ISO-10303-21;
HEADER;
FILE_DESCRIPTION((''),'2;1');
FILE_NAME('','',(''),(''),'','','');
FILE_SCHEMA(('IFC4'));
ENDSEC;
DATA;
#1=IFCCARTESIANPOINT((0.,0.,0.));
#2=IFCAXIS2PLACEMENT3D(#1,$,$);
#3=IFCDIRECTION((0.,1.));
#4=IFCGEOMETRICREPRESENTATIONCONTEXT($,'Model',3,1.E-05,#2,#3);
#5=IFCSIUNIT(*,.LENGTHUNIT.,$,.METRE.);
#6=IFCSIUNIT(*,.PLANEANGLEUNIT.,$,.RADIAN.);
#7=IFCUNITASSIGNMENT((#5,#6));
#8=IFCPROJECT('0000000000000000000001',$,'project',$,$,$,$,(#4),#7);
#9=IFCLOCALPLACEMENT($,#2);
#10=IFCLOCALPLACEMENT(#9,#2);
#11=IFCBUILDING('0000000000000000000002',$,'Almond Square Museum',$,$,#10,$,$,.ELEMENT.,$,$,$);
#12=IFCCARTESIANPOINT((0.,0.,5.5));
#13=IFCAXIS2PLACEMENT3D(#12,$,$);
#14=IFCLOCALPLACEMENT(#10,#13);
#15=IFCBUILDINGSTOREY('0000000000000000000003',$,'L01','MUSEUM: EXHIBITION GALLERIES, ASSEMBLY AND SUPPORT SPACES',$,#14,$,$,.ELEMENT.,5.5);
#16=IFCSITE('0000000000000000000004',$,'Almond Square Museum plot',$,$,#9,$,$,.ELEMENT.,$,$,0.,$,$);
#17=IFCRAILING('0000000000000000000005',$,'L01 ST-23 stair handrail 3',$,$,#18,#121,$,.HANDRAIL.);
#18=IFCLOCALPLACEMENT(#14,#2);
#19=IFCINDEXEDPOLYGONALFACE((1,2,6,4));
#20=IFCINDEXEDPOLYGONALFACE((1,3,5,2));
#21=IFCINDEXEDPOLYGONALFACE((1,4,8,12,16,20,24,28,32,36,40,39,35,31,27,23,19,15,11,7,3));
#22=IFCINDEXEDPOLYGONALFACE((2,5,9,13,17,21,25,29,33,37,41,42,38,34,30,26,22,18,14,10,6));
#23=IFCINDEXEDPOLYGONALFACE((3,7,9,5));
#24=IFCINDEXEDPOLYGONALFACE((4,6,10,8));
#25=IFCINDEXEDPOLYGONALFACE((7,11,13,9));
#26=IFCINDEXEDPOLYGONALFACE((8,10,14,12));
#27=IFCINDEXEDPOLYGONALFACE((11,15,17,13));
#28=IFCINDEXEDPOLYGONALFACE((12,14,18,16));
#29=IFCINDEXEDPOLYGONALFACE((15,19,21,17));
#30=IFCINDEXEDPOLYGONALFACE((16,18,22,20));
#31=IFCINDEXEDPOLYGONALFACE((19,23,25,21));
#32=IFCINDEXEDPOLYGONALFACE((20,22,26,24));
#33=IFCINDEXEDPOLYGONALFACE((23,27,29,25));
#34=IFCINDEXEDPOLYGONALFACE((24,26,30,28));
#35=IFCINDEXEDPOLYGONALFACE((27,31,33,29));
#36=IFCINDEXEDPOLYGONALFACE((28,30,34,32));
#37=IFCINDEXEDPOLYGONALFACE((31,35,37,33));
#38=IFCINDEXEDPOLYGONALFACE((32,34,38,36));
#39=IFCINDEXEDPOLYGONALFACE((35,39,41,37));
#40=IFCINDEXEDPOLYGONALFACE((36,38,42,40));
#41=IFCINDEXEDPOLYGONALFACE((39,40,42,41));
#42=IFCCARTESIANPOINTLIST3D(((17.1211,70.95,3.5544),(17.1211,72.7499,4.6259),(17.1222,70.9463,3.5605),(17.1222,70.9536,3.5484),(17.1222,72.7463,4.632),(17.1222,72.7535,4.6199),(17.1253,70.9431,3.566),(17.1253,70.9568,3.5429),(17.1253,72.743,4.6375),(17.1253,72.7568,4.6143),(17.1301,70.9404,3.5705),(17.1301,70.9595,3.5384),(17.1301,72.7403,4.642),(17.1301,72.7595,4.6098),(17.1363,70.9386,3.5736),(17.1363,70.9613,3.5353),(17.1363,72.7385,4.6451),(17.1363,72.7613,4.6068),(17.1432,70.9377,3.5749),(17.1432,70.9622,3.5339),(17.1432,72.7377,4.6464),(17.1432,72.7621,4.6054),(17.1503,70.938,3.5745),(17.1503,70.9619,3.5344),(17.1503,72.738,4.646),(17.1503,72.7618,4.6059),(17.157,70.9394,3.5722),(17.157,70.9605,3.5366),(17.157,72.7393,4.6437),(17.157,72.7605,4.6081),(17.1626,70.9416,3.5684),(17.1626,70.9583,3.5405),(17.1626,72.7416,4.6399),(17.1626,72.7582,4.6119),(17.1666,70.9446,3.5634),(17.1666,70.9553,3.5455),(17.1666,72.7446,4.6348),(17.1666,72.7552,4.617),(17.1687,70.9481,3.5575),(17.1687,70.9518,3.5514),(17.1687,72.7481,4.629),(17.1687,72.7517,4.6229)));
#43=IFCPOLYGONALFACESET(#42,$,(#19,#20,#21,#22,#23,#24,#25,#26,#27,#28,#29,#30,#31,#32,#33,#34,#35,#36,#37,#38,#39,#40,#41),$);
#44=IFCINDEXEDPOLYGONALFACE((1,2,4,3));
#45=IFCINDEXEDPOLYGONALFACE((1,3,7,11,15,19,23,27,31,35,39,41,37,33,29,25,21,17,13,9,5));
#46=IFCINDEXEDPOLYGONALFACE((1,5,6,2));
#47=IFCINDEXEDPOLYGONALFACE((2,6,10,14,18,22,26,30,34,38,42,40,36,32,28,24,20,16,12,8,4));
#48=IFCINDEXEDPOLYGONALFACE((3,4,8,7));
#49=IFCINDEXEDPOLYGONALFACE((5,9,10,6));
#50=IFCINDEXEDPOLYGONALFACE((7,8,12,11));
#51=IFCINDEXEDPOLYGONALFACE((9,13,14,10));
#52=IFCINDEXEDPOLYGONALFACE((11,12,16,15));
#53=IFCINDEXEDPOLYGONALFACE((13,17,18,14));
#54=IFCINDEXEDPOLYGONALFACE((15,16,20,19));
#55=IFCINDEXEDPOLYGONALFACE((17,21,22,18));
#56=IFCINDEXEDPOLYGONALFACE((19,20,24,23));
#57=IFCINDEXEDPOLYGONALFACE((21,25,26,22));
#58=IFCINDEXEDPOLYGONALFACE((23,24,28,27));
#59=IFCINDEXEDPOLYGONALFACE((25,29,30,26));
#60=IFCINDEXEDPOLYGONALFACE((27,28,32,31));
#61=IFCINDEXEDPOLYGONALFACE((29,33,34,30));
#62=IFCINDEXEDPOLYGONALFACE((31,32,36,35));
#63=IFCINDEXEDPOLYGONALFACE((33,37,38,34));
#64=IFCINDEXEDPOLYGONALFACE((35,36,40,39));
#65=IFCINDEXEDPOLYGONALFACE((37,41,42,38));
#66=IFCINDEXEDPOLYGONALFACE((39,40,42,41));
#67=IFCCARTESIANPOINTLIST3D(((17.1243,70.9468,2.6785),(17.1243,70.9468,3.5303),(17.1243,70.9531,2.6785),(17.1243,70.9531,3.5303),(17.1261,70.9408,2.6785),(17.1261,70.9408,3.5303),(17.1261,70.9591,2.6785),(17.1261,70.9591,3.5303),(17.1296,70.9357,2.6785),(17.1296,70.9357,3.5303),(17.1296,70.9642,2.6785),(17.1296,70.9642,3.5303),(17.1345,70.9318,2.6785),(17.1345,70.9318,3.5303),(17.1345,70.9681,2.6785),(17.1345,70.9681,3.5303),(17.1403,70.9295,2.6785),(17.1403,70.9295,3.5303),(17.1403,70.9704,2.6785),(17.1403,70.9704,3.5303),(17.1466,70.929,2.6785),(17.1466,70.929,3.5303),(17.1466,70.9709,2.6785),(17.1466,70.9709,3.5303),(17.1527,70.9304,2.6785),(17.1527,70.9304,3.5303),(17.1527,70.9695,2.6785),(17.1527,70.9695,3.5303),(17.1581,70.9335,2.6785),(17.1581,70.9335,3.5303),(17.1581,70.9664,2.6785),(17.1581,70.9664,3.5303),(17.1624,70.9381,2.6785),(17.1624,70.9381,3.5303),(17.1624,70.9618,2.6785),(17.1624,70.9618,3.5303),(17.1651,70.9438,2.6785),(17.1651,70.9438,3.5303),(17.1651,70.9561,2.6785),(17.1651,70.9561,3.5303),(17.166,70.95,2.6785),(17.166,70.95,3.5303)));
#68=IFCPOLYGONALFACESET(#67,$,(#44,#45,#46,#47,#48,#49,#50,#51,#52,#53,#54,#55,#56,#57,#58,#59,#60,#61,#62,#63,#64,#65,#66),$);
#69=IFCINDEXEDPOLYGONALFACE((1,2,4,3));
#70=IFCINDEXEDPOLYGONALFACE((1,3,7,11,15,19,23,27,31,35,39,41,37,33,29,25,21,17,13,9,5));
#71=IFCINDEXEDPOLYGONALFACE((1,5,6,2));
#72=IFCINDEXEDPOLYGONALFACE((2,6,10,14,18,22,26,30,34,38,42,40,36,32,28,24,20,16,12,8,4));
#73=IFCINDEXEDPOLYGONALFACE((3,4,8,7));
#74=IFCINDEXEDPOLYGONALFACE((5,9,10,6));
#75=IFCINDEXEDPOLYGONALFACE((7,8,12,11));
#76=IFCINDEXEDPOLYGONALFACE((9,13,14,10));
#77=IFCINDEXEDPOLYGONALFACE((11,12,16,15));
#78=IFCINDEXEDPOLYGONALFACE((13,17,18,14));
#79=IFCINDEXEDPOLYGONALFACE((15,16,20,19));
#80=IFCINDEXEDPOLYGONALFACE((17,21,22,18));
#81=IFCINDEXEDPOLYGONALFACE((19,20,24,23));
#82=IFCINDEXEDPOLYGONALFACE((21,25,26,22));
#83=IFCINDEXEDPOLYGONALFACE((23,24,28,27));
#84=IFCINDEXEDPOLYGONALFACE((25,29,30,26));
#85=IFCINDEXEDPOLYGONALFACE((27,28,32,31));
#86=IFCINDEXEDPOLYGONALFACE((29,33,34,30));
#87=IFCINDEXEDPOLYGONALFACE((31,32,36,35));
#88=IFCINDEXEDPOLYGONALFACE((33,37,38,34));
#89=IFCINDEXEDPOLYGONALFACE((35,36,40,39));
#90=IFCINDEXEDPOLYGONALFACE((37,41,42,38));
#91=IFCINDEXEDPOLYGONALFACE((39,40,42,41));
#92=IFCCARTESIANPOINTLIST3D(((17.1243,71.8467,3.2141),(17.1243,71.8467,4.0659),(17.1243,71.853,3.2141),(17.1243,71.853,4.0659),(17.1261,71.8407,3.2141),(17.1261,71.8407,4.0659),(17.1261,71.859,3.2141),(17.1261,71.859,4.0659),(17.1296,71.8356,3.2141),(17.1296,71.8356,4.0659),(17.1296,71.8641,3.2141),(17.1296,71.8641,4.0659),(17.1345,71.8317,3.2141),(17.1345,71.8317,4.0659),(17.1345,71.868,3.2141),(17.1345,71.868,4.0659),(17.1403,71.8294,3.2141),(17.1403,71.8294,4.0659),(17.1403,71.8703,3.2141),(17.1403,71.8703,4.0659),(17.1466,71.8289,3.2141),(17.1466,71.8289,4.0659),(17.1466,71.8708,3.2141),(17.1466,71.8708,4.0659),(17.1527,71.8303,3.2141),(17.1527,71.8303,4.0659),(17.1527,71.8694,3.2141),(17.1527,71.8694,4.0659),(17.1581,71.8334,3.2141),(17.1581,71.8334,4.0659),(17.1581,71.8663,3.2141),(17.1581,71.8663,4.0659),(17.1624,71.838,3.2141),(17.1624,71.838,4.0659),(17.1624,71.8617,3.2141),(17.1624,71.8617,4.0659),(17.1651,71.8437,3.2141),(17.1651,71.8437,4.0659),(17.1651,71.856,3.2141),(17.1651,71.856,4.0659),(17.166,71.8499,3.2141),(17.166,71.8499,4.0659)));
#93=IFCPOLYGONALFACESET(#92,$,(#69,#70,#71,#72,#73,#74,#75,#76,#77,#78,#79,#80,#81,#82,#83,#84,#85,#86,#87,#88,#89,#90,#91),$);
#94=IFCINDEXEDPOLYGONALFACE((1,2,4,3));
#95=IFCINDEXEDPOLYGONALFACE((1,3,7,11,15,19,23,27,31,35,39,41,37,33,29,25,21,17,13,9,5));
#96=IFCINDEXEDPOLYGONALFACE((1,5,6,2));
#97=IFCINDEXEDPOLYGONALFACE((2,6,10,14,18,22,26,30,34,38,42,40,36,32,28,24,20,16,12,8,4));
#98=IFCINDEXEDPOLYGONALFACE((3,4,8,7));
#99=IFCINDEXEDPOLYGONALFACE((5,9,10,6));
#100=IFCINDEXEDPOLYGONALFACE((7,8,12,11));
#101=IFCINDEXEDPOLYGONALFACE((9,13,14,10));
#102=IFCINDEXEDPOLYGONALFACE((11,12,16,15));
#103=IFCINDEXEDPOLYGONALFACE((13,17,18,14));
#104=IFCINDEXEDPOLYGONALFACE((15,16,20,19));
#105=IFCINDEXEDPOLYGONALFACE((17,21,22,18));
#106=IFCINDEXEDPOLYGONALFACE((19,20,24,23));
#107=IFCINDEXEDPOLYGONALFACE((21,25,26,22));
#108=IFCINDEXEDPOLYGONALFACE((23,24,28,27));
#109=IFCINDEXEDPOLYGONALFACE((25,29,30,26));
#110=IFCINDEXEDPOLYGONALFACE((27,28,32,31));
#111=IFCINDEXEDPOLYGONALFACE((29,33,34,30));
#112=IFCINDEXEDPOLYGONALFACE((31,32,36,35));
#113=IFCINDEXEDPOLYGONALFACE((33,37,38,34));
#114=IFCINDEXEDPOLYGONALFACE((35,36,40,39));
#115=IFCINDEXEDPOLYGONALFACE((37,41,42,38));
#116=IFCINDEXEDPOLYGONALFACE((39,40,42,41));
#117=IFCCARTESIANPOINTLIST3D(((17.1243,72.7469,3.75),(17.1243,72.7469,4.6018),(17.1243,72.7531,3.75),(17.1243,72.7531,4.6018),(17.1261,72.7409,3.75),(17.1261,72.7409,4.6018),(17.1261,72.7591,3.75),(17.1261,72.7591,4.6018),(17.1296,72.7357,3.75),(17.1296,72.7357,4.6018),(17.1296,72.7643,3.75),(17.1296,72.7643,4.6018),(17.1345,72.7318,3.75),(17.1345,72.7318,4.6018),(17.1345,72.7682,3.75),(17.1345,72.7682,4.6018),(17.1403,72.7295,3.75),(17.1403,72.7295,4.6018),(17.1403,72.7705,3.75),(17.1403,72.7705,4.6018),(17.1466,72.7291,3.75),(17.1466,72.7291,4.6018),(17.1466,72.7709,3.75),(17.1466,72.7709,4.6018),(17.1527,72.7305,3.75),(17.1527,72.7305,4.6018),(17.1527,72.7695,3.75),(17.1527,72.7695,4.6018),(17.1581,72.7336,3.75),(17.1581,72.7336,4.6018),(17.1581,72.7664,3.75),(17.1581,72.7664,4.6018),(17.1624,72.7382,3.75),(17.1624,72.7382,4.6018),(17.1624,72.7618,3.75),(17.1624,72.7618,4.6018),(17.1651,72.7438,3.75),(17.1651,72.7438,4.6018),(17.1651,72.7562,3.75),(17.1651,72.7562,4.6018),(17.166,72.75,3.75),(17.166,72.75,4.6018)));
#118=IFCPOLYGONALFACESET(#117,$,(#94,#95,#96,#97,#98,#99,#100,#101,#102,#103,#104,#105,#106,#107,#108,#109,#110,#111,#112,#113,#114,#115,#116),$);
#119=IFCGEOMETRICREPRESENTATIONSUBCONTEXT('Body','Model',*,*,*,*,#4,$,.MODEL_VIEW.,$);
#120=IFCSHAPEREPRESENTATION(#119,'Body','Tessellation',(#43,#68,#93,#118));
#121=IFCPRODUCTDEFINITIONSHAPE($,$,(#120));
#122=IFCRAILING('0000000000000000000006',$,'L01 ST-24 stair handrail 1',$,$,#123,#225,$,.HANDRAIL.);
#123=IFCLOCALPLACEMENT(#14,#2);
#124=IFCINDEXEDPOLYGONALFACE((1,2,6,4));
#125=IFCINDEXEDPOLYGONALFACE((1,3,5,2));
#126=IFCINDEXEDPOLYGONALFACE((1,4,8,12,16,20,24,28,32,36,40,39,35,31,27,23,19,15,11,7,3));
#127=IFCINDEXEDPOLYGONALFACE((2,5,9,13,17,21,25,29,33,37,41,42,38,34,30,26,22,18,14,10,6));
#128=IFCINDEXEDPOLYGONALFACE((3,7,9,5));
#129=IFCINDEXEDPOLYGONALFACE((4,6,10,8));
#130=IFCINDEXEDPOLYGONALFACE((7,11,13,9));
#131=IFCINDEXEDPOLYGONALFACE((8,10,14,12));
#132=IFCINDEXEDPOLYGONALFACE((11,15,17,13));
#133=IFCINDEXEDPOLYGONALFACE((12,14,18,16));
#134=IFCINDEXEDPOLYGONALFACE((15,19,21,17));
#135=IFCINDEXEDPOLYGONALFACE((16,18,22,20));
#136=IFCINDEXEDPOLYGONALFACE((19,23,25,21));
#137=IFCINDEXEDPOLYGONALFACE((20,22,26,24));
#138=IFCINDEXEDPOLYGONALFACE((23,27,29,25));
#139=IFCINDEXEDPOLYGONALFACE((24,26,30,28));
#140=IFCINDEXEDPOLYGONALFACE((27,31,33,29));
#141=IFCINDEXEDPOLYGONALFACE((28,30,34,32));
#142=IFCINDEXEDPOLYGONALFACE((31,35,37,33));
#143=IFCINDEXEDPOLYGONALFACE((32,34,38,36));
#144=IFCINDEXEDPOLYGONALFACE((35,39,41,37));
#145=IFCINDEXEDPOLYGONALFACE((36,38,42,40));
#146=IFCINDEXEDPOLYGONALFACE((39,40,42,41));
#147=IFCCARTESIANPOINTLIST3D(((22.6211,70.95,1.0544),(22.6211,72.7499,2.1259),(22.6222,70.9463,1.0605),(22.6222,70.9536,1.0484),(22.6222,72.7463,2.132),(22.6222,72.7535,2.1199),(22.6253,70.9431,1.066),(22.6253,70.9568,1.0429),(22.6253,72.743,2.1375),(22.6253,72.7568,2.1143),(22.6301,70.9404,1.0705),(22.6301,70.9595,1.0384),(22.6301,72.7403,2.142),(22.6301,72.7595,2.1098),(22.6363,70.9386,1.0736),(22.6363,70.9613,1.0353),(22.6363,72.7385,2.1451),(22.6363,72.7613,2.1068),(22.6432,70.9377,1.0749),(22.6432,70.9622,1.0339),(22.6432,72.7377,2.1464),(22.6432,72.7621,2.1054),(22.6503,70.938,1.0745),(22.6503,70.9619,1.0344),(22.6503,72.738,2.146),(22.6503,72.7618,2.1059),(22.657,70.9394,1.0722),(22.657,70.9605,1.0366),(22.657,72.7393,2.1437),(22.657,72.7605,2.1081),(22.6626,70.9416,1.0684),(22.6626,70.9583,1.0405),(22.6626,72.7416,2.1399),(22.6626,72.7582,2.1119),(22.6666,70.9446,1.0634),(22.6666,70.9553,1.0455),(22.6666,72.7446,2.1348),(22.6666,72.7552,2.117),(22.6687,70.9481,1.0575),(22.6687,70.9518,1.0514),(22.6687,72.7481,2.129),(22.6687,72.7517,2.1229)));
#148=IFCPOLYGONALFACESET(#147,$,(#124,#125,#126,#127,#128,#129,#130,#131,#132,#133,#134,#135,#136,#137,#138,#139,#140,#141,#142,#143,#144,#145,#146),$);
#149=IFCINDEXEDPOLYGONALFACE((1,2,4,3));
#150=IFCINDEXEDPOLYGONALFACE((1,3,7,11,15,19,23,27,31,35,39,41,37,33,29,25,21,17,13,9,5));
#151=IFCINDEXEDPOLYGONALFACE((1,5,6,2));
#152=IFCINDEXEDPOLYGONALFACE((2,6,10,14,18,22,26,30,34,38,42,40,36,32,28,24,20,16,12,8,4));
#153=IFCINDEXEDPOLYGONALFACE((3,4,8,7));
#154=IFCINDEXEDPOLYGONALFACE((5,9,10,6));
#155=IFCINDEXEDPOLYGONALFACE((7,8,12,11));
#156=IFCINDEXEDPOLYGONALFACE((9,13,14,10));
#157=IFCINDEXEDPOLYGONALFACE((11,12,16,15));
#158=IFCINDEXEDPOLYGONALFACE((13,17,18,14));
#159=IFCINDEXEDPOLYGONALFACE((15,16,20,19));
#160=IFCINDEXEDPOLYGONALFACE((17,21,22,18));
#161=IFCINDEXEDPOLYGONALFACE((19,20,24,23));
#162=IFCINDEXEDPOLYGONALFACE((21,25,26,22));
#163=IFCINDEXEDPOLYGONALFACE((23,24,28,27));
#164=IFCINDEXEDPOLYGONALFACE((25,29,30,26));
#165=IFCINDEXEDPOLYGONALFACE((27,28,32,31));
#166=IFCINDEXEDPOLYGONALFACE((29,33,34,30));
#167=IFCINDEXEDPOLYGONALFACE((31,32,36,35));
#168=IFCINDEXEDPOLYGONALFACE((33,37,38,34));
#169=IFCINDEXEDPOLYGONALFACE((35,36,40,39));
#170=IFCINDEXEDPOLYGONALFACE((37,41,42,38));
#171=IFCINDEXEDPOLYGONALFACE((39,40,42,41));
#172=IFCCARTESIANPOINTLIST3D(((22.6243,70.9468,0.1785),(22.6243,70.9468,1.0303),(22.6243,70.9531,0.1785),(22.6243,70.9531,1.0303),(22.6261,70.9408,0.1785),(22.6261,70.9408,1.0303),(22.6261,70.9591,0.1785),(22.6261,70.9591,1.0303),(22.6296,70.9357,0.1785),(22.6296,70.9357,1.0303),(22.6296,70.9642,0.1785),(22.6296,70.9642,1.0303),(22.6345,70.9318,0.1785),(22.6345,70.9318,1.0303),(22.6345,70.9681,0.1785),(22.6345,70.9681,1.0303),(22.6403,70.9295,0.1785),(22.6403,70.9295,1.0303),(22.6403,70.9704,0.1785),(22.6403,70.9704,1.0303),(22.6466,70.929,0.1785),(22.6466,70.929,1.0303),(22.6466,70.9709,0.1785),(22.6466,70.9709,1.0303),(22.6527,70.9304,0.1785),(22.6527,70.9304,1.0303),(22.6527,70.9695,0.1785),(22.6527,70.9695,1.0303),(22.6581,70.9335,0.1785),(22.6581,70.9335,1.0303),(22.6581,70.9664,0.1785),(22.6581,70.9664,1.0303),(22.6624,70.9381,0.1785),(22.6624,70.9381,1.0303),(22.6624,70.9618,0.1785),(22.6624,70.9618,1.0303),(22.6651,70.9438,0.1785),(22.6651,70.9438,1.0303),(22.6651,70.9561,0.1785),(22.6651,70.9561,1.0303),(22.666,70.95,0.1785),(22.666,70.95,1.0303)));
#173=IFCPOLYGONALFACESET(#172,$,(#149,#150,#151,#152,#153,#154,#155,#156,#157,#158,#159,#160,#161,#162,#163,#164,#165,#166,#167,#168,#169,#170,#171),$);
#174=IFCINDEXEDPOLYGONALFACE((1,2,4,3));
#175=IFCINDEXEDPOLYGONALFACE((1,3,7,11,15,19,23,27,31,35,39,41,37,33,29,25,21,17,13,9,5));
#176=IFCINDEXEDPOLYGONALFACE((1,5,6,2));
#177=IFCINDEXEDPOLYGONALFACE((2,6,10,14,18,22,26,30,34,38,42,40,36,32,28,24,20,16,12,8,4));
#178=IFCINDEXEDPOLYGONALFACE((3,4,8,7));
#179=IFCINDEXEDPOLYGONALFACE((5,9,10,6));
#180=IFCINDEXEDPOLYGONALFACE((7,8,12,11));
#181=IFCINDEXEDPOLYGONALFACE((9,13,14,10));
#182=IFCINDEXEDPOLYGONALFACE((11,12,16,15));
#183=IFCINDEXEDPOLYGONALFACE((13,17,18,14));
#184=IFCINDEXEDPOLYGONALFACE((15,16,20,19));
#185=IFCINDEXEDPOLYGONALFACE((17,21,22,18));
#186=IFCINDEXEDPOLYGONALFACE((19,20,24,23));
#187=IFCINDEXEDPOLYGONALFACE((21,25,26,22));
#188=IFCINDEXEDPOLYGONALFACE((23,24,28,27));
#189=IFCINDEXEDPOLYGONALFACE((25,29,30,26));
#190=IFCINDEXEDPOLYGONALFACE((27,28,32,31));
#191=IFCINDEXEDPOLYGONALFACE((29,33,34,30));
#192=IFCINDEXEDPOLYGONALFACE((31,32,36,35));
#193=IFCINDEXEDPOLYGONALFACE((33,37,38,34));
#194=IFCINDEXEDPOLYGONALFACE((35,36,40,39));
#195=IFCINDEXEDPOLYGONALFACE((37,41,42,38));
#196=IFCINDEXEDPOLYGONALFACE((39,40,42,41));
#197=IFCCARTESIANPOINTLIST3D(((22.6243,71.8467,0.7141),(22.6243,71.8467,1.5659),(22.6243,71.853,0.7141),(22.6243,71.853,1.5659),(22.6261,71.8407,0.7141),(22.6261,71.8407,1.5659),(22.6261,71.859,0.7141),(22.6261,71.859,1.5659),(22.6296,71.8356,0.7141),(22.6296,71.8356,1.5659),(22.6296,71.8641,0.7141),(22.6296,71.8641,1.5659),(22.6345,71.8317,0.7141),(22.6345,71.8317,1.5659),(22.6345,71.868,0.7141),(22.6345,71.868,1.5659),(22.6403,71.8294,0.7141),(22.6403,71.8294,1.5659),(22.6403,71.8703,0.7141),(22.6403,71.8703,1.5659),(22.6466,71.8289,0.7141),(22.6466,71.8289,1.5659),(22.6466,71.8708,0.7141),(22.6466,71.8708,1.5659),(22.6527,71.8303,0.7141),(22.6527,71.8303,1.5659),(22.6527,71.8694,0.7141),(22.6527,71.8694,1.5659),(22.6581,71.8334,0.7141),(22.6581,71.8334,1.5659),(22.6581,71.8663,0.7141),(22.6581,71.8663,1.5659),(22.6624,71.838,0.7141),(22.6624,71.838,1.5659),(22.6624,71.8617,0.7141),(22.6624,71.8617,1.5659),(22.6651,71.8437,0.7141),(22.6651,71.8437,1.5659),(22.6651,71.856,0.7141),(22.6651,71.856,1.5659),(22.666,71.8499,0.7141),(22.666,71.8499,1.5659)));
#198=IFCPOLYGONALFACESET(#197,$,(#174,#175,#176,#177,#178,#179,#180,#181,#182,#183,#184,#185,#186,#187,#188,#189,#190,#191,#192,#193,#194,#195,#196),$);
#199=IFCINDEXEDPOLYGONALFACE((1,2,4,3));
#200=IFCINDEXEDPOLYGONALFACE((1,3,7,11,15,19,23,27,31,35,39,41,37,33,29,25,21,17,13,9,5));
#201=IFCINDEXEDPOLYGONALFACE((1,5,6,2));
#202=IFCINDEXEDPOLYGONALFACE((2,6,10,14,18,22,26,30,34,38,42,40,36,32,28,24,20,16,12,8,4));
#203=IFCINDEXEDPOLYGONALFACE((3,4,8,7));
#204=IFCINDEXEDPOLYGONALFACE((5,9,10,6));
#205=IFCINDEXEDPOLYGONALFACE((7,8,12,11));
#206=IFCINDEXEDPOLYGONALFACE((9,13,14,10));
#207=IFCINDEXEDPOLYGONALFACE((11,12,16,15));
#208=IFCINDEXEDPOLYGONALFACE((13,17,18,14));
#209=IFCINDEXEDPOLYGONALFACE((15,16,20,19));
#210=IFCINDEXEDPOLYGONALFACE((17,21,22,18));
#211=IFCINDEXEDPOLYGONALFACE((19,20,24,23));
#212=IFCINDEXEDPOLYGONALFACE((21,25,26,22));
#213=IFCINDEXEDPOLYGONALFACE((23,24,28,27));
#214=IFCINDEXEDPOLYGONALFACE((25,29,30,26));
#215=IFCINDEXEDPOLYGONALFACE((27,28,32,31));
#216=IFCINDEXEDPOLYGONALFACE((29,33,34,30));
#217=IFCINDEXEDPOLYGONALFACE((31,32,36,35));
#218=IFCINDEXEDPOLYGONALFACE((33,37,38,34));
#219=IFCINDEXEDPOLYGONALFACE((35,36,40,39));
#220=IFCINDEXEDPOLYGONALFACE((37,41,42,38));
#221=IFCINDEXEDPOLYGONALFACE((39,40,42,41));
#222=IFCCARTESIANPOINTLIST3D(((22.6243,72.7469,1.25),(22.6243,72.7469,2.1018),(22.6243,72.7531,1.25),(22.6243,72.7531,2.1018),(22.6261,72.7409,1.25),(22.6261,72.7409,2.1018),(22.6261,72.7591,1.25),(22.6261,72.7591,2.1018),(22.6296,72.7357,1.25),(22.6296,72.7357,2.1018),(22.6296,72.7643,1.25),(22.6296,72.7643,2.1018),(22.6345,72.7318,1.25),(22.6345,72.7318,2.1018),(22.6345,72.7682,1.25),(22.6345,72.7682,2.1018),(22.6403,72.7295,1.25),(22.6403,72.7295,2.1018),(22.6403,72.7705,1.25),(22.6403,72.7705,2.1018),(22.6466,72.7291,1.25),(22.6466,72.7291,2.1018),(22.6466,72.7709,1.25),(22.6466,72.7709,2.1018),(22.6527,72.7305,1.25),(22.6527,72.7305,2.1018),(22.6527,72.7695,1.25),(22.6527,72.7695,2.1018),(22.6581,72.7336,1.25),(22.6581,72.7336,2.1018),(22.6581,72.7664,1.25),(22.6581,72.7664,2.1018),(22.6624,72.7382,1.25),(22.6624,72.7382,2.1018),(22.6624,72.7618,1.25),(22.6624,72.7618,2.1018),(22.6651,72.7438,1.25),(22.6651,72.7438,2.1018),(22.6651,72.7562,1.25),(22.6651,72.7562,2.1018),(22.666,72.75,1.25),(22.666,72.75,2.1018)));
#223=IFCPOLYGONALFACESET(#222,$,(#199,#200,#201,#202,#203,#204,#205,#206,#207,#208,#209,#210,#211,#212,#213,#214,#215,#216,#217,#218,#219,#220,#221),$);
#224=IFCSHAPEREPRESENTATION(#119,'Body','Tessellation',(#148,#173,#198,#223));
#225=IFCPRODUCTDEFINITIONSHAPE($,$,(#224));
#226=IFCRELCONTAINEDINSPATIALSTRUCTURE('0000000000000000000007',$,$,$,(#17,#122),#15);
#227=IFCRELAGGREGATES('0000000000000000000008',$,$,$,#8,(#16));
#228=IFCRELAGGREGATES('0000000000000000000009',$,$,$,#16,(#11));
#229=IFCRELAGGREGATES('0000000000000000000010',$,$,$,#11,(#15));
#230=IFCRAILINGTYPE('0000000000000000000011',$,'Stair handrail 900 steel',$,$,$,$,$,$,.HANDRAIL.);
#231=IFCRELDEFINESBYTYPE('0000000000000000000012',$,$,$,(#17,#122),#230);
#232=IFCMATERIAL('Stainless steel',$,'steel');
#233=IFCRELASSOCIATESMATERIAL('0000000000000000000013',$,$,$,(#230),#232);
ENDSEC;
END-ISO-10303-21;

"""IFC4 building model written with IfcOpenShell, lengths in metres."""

from ifc_helpers import new_model, si_unit, direction, frame, origin, origin_2d, place, context, subcontext, project, spatial, circle, extrude, material, type_object, element, save


model = new_model("IFC4")

# Units and contexts
model_context = context("Model", 3, precision=1e-05, world=origin(), true_north=direction((0.0, 1.0)))
body_context = subcontext(model_context, "Body", "Model", "MODEL_VIEW")
ifc_project = project(units=[si_unit("LENGTHUNIT", "METRE"), si_unit("PLANEANGLEUNIT", "RADIAN")], contexts=[model_context])

# Site, building, storey
site_placement = place(None, origin())
site = spatial("IfcSite", under=ifc_project, at=site_placement, Name="Almond Square Museum plot", CompositionType="ELEMENT", RefElevation=0.0)
building_placement = place(site_placement, origin())
building = spatial("IfcBuilding", under=site, at=building_placement, Name="Almond Square Museum", CompositionType="ELEMENT")
storey_placement = place(building_placement, frame((0.0, 0.0, 5.5)))
storey = spatial("IfcBuildingStorey", under=building, at=storey_placement, Name="L01", Description="MUSEUM: EXHIBITION GALLERIES, ASSEMBLY AND SUPPORT SPACES", CompositionType="ELEMENT", Elevation=5.5)

# Railings
ifc_material_1 = material(Name="Stainless steel", Category="steel")
railing_type_1 = type_object("IfcRailingType", Name="Stair handrail 900 steel", PredefinedType="HANDRAIL", material=ifc_material_1)
for number, where, name in (
    (1, (17.145, 70.95, 2.6785), "L01 ST-23 stair handrail 3"),
    (2, (22.645, 70.95, 0.1785), "L01 ST-24 stair handrail 1"),
):
    element("IfcRailing", number, at=place(storey_placement, frame(where)), inside=storey, type_object=railing_type_1, Name=name, PredefinedType="HANDRAIL", context=body_context, shape_type="SweptSolid", body=[
        extrude(circle(Radius=0.0239, at=origin_2d()), frame((0.0, 0.0, 0.876), z_axis=(0.0, 0.859277, 0.51151), x_axis=(-1.0, 0.0, 0.0)), (0.0, 0.0, 1.0), 2.0947),
        extrude(circle(Radius=0.021, at=origin_2d()), origin(), (0.0, 0.0, 1.0), 0.8518),
        extrude(circle(Radius=0.021, at=origin_2d()), frame((0.0, 0.8999, 0.5356)), (0.0, 0.0, 1.0), 0.8518),
        extrude(circle(Radius=0.021, at=origin_2d()), frame((0.0, 1.8, 1.0715)), (0.0, 0.0, 1.0), 0.8518),
    ])

save(model, "model.ifc")
